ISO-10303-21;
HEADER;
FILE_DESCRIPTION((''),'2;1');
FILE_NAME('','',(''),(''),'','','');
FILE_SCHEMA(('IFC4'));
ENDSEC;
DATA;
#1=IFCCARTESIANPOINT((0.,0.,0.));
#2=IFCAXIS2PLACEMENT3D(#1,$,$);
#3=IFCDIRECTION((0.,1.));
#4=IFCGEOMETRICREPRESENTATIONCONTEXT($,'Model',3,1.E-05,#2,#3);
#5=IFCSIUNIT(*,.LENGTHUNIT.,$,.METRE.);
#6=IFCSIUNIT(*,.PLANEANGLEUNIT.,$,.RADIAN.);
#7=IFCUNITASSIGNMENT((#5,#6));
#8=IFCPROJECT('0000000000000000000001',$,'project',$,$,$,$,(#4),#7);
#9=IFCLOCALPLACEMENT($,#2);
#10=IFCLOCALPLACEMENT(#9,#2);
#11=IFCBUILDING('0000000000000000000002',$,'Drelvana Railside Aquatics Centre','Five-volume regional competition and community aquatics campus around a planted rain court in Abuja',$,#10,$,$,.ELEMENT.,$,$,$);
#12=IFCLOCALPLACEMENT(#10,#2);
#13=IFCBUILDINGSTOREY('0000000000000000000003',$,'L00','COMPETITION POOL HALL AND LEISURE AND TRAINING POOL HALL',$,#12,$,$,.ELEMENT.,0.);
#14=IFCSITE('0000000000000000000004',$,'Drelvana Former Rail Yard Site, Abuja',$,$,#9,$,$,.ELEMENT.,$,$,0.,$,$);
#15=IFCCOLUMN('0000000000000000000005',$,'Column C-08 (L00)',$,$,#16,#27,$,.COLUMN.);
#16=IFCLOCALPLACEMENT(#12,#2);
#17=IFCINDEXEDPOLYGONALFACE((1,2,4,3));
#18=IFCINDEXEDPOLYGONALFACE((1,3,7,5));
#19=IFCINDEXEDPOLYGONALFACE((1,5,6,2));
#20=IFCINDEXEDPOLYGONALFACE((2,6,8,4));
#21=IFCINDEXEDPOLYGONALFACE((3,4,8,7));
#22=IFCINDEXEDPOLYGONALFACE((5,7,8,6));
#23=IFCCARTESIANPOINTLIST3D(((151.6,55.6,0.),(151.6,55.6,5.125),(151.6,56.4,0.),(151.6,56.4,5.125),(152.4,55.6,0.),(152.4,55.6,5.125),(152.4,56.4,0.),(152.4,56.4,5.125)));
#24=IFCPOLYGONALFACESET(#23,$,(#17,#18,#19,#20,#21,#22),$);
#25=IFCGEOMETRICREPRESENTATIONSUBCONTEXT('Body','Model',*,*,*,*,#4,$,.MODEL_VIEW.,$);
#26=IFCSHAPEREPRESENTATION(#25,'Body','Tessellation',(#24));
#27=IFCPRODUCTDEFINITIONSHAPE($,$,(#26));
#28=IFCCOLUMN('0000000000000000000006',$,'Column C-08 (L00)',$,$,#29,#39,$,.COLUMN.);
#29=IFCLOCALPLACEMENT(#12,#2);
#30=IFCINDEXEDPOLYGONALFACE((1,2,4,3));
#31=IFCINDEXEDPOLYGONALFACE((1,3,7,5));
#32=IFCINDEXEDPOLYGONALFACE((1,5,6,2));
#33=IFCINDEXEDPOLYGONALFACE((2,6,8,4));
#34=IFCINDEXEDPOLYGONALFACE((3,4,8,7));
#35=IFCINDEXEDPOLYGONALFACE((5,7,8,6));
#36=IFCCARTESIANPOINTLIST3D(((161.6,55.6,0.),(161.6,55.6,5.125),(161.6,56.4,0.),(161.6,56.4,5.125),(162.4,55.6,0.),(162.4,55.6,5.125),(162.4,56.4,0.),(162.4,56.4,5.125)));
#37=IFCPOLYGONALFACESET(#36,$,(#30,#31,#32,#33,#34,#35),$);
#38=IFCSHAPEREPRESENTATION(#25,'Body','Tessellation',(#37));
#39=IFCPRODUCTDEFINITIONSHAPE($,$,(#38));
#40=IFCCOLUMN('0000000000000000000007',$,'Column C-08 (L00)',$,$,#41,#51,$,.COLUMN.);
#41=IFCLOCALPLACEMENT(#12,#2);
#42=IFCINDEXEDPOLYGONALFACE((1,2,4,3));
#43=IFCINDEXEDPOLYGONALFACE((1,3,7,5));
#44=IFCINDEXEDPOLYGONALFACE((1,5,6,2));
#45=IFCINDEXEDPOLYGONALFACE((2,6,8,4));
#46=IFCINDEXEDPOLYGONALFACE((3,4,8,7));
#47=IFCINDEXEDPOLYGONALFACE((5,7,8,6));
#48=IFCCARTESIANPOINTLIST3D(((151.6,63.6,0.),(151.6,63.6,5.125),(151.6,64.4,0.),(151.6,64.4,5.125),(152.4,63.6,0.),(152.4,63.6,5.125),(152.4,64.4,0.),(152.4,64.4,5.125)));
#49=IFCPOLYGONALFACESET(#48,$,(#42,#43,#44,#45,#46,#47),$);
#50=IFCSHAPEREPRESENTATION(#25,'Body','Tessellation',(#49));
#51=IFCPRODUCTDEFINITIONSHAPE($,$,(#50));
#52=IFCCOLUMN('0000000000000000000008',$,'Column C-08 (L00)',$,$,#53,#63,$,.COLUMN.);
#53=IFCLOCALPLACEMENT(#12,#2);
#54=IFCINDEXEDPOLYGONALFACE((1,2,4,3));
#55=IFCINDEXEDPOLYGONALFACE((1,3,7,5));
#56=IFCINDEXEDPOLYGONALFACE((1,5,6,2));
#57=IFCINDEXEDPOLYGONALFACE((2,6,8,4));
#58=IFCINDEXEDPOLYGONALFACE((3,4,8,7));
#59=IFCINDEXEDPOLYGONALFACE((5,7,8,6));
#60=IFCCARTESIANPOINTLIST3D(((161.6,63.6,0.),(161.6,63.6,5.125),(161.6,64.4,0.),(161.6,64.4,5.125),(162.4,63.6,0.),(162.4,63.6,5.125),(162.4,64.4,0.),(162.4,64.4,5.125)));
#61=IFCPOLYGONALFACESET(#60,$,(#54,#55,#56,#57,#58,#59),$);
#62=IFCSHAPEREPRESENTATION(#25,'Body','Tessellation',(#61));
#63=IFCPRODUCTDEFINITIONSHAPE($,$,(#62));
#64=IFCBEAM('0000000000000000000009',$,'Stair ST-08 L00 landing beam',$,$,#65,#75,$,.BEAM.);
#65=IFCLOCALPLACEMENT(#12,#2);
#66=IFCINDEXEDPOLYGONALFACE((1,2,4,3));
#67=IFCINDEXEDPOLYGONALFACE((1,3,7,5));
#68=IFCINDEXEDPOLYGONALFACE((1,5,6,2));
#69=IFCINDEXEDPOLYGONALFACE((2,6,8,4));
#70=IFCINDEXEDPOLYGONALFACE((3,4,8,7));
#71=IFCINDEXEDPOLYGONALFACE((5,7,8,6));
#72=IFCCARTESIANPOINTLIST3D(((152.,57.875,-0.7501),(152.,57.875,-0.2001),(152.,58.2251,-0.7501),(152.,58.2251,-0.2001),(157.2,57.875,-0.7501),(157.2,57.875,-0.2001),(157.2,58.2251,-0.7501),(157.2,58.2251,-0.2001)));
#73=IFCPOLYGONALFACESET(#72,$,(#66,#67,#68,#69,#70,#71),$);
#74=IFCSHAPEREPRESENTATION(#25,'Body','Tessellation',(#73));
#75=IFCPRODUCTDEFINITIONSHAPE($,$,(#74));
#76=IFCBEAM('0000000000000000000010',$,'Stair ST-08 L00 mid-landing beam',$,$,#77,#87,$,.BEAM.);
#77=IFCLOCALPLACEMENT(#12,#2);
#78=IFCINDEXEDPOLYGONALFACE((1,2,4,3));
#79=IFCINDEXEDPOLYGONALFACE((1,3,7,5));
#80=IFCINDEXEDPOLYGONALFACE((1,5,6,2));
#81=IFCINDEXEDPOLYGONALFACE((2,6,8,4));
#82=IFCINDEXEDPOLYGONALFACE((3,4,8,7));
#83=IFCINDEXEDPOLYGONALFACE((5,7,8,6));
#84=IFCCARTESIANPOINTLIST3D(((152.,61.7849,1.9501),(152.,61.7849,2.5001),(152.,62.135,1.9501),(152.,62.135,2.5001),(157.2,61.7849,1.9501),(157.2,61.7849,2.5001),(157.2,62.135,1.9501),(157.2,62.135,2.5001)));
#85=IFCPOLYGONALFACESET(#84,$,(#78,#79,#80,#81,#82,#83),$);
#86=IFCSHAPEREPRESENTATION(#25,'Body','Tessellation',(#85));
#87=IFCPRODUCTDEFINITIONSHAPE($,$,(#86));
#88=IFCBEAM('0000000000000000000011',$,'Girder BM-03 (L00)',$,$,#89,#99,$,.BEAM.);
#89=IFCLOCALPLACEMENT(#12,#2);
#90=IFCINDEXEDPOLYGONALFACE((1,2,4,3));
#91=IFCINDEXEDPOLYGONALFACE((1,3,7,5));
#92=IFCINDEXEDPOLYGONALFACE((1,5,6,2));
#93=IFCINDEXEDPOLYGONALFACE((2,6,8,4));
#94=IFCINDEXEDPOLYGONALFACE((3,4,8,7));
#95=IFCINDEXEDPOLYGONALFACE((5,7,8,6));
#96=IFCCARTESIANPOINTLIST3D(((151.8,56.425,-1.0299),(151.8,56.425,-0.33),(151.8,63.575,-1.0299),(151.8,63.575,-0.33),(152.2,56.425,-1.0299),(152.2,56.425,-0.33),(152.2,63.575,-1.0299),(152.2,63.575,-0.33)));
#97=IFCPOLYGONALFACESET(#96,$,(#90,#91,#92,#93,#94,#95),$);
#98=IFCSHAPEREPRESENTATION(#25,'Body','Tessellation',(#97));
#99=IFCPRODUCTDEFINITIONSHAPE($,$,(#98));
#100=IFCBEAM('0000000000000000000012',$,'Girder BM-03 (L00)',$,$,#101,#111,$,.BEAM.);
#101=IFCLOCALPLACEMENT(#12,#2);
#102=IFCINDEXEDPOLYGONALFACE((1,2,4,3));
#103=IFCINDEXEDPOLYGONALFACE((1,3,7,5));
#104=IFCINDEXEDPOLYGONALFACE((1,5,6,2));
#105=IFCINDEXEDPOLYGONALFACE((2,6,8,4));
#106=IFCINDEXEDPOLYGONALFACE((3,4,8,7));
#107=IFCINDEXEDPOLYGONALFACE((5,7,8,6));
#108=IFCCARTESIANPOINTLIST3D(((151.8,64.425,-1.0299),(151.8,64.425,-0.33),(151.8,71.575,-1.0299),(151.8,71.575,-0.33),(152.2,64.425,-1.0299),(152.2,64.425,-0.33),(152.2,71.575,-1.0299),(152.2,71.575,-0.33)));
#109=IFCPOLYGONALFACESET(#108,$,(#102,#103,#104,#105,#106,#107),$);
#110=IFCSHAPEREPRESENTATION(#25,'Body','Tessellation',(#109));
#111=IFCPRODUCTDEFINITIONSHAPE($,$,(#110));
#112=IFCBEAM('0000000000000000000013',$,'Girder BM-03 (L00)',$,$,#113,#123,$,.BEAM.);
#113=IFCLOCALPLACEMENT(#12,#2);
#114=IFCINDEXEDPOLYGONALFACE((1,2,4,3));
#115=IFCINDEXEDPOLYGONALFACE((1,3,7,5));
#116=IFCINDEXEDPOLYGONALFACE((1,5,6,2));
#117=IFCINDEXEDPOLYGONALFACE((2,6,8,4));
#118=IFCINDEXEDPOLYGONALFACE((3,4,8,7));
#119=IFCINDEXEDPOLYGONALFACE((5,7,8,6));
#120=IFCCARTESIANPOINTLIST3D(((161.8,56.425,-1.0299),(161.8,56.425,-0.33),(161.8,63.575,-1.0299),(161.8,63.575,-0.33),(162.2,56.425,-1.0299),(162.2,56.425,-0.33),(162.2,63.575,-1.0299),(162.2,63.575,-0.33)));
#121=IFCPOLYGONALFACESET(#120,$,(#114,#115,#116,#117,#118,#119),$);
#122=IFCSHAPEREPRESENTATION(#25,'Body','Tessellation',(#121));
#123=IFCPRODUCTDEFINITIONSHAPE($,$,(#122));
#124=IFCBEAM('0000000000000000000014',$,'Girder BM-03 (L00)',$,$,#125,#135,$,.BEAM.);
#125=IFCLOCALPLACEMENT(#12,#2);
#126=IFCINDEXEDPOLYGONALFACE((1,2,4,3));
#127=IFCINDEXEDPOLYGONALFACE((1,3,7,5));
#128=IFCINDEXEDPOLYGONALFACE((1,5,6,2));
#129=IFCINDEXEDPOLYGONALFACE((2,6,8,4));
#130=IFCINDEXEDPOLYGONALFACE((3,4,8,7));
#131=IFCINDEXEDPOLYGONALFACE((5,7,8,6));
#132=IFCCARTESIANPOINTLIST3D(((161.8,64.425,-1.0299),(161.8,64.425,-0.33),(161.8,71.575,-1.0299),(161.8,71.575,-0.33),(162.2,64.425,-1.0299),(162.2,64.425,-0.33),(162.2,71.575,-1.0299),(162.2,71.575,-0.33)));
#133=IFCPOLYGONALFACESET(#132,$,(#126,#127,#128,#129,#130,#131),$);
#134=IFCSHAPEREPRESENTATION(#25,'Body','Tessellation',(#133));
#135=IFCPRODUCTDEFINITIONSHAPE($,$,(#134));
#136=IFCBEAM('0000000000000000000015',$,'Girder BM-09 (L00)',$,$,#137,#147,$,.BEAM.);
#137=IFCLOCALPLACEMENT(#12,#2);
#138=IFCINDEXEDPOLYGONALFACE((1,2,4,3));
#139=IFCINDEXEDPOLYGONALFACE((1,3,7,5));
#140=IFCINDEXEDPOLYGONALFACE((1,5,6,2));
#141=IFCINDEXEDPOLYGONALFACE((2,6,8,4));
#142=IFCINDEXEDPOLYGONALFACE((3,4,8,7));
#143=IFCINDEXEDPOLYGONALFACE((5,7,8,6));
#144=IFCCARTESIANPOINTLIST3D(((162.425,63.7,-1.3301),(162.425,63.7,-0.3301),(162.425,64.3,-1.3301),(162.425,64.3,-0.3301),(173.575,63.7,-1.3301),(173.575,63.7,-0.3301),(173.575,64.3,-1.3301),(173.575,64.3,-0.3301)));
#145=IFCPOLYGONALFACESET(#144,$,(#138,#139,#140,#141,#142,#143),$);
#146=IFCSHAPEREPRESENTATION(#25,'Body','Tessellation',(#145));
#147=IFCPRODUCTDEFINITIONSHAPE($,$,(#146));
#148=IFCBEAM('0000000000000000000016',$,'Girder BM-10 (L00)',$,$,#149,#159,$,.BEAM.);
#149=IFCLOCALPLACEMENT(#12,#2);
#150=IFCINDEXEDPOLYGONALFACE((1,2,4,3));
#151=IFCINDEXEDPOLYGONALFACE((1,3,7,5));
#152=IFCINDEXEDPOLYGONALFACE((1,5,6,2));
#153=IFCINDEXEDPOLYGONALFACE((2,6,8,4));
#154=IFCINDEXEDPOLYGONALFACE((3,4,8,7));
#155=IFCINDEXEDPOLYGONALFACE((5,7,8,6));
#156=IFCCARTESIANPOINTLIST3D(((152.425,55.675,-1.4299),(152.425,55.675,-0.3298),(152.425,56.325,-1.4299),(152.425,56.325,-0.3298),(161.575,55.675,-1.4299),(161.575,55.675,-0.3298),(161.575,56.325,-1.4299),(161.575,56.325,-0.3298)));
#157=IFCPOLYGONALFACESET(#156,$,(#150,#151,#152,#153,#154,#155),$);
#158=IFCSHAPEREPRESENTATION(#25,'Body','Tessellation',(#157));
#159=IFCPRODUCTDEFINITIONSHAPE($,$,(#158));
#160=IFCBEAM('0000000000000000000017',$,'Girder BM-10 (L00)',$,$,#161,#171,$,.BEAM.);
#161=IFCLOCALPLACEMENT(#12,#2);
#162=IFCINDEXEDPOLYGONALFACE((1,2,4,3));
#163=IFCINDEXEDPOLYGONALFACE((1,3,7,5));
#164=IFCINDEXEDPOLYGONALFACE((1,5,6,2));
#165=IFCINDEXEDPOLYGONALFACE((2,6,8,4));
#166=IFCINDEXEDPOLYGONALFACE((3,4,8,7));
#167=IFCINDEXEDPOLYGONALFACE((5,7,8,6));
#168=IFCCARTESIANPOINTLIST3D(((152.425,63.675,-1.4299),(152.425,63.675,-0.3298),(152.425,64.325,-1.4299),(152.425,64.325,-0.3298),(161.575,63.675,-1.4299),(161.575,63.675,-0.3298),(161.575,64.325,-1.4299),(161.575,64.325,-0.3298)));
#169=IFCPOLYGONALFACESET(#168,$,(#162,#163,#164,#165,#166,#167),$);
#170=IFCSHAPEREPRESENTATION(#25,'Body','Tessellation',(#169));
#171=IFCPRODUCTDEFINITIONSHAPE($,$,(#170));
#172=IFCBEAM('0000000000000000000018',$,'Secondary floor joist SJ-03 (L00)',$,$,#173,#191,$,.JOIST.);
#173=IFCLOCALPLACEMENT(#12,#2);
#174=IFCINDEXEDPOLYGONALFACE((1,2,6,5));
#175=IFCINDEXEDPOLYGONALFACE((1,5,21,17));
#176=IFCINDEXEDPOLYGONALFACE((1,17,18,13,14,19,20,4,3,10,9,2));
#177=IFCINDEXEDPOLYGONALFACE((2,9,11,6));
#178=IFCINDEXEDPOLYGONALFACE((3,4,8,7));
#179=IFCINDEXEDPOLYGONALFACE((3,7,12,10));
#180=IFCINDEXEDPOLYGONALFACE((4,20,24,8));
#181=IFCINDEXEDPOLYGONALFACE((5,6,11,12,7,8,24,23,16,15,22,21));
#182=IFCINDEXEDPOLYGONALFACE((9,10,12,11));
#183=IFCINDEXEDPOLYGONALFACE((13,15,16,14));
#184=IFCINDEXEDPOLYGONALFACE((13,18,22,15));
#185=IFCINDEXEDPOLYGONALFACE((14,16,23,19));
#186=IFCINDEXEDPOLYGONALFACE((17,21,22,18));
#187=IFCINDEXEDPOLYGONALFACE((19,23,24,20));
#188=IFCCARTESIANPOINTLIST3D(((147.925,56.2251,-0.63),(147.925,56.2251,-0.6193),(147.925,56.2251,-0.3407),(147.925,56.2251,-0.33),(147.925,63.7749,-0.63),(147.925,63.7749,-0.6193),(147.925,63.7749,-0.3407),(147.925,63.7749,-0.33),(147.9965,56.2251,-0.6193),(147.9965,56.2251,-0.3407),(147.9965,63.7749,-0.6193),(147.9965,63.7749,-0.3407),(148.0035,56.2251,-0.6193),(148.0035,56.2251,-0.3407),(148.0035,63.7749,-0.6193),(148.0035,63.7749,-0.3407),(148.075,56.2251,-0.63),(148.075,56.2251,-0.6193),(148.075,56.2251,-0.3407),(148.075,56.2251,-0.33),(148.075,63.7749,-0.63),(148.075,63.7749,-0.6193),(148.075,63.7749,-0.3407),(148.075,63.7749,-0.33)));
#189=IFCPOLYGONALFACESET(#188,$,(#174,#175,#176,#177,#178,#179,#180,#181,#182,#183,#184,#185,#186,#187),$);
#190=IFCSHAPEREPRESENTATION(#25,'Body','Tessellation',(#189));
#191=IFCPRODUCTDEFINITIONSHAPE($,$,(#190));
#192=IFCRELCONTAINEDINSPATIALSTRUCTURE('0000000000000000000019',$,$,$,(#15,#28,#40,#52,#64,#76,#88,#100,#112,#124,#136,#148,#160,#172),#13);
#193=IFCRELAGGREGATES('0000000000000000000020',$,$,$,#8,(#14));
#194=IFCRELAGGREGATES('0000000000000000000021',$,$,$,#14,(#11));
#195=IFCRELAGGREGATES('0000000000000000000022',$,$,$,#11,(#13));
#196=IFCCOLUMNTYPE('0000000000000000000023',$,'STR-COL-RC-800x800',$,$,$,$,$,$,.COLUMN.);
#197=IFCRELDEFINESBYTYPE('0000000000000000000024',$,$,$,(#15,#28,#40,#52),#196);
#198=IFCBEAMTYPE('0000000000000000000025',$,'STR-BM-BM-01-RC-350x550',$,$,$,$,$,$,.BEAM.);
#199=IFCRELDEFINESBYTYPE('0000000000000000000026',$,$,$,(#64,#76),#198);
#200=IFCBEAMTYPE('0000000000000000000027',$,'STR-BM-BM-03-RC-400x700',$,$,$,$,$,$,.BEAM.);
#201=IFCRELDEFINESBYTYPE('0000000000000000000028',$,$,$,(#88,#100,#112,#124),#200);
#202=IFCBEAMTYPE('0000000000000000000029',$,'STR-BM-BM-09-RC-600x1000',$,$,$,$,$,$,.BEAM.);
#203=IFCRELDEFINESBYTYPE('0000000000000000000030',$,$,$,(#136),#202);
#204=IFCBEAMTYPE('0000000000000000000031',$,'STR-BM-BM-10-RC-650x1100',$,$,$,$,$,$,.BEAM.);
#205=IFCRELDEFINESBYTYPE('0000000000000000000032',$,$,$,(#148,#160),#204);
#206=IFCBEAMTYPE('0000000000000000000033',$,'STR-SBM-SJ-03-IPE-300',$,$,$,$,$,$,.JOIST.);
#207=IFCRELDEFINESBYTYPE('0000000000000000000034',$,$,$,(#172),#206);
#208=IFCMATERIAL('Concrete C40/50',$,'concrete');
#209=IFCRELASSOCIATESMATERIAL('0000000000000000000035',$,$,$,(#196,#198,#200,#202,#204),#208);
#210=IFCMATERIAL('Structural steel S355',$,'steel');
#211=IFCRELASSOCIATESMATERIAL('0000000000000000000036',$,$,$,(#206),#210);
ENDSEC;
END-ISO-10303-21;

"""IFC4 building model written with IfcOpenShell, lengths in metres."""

from ifc_helpers import new_model, si_unit, direction, frame, origin, origin_2d, place, context, subcontext, project, spatial, rectangle, i_section, extrude, material, material_profile, profile_set, type_object, element, save


model = new_model("IFC4")

# Units and contexts
model_context = context("Model", 3, precision=1e-05, world=origin(), true_north=direction((0.0, 1.0)))
body_context = subcontext(model_context, "Body", "Model", "MODEL_VIEW")
ifc_project = project(units=[si_unit("LENGTHUNIT", "METRE"), si_unit("PLANEANGLEUNIT", "RADIAN")], contexts=[model_context])

# Site, building, storey
site_placement = place(None, origin())
site = spatial("IfcSite", under=ifc_project, at=site_placement, Name="Drelvana Former Rail Yard Site, Abuja", CompositionType="ELEMENT", RefElevation=0.0)
building_placement = place(site_placement, origin())
building = spatial("IfcBuilding", under=site, at=building_placement, Name="Drelvana Railside Aquatics Centre", Description="Five-volume regional competition and community aquatics campus around a planted rain court in Abuja", CompositionType="ELEMENT")
storey_placement = place(building_placement, origin())
storey = spatial("IfcBuildingStorey", under=building, at=storey_placement, Name="L00", Description="COMPETITION POOL HALL AND LEISURE AND TRAINING POOL HALL", CompositionType="ELEMENT", Elevation=0.0)

# Columns
ifc_material_1 = material(Name="Concrete C40/50", Category="concrete")
ifc_material_profile_1 = material_profile(ifc_material_1, rectangle(XDim=0.8, YDim=0.8, at=origin_2d()), Name="RC 800x800")
ifc_profile_set_1 = profile_set([ifc_material_profile_1], Name="Concrete C40/50")
column_type = type_object("IfcColumnType", Name="STR-COL-RC-800x800", PredefinedType="COLUMN", material=ifc_profile_set_1)
for number, where, z_axis, x_axis, name in (
    (1, (152.0, 56.0, 0.0), (0.0, 0.0, 1.0), (1.0, 0.0, 0.0), "Column C-08 (L00)"),
    (2, (162.0, 56.0, 0.0), (0.0, 0.0, 1.0), (1.0, 0.0, 0.0), "Column C-08 (L00)"),
    (3, (152.0, 64.0, 0.0), (0.0, 0.0, 1.0), (1.0, 0.0, 0.0), "Column C-08 (L00)"),
    (4, (162.0, 64.0, 0.0), (0.0, 0.0, 1.0), (1.0, 0.0, 0.0), "Column C-08 (L00)"),
):
    element("IfcColumn", number, at=place(storey_placement, frame(where, z_axis=z_axis, x_axis=x_axis)), inside=storey, type_object=column_type, Name=name, PredefinedType="COLUMN", context=body_context, shape_type="SweptSolid", body=[
        extrude(rectangle(XDim=0.8, YDim=0.8, at=origin_2d()), origin(), (0.0, 0.0, 1.0), 5.125),
    ])

# Beams
ifc_material_profile_2 = material_profile(ifc_material_1, rectangle(XDim=0.3501, YDim=0.55, at=origin_2d()), Name="RC 350x550")
ifc_profile_set_2 = profile_set([ifc_material_profile_2], Name="Concrete C40/50")
beam_type_1 = type_object("IfcBeamType", Name="STR-BM-BM-01-RC-350x550", PredefinedType="BEAM", material=ifc_profile_set_2)
for number, where, z_axis, x_axis, name in (
    (5, (152.0, 58.05, -0.4751), (1.0, 0.0, 0.0), (0.0, 1.0, 0.0), "Stair ST-08 L00 landing beam"),
    (6, (152.0, 61.96, 2.2251), (1.0, 0.0, 0.0), (0.0, 1.0, 0.0), "Stair ST-08 L00 mid-landing beam"),
):
    element("IfcBeam", number, at=place(storey_placement, frame(where, z_axis=z_axis, x_axis=x_axis)), inside=storey, type_object=beam_type_1, Name=name, PredefinedType="BEAM", context=body_context, shape_type="SweptSolid", body=[
        extrude(rectangle(XDim=0.3501, YDim=0.55, at=origin_2d()), origin(), (0.0, 0.0, 1.0), 5.2),
    ])
ifc_material_profile_3 = material_profile(ifc_material_1, rectangle(XDim=0.3999, YDim=0.7, at=origin_2d()), Name="RC 400x700")
ifc_profile_set_3 = profile_set([ifc_material_profile_3], Name="Concrete C40/50")
beam_type_2 = type_object("IfcBeamType", Name="STR-BM-BM-03-RC-400x700", PredefinedType="BEAM", material=ifc_profile_set_3)
for number, where, z_axis, x_axis, name in (
    (7, (152.0, 56.425, -0.6799), (0.0, 1.0, 0.0), (-1.0, 0.0, 0.0), "Girder BM-03 (L00)"),
    (8, (152.0, 64.425, -0.6799), (0.0, 1.0, 0.0), (-1.0, 0.0, 0.0), "Girder BM-03 (L00)"),
    (9, (162.0, 56.425, -0.6799), (0.0, 1.0, 0.0), (-1.0, 0.0, 0.0), "Girder BM-03 (L00)"),
    (10, (162.0, 64.425, -0.6799), (0.0, 1.0, 0.0), (-1.0, 0.0, 0.0), "Girder BM-03 (L00)"),
):
    element("IfcBeam", number, at=place(storey_placement, frame(where, z_axis=z_axis, x_axis=x_axis)), inside=storey, type_object=beam_type_2, Name=name, PredefinedType="BEAM", context=body_context, shape_type="SweptSolid", body=[
        extrude(rectangle(XDim=0.3999, YDim=0.7, at=origin_2d()), origin(), (0.0, 0.0, 1.0), 7.1499),
    ])
ifc_material_profile_4 = material_profile(ifc_material_1, rectangle(XDim=0.6001, YDim=1.0, at=origin_2d()), Name="RC 600x1000")
ifc_profile_set_4 = profile_set([ifc_material_profile_4], Name="Concrete C40/50")
beam_type_3 = type_object("IfcBeamType", Name="STR-BM-BM-09-RC-600x1000", PredefinedType="BEAM", material=ifc_profile_set_4)
beam_1_placement = place(storey_placement, frame((162.425, 64.0, -0.8301), z_axis=(1.0, 0.0, 0.0), x_axis=(0.0, 1.0, 0.0)))
element("IfcBeam", 11, at=beam_1_placement, inside=storey, type_object=beam_type_3, Name="Girder BM-09 (L00)", PredefinedType="BEAM", context=body_context, shape_type="SweptSolid", body=[
    extrude(rectangle(XDim=0.6001, YDim=1.0, at=origin_2d()), origin(), (0.0, 0.0, 1.0), 11.1499),
])
ifc_material_profile_5 = material_profile(ifc_material_1, rectangle(XDim=0.6499, YDim=1.1001, at=origin_2d()), Name="RC 650x1100")
ifc_profile_set_5 = profile_set([ifc_material_profile_5], Name="Concrete C40/50")
beam_type_4 = type_object("IfcBeamType", Name="STR-BM-BM-10-RC-650x1100", PredefinedType="BEAM", material=ifc_profile_set_5)
for number, where, z_axis, x_axis, name in (
    (12, (152.425, 56.0, -0.8799), (1.0, 0.0, 0.0), (0.0, 1.0, 0.0), "Girder BM-10 (L00)"),
    (13, (152.425, 64.0, -0.8799), (1.0, 0.0, 0.0), (0.0, 1.0, 0.0), "Girder BM-10 (L00)"),
):
    element("IfcBeam", number, at=place(storey_placement, frame(where, z_axis=z_axis, x_axis=x_axis)), inside=storey, type_object=beam_type_4, Name=name, PredefinedType="BEAM", context=body_context, shape_type="SweptSolid", body=[
        extrude(rectangle(XDim=0.6499, YDim=1.1001, at=origin_2d()), origin(), (0.0, 0.0, 1.0), 9.1499),
    ])
ifc_material_2 = material(Name="Structural steel S355", Category="steel")
ifc_material_profile_6 = material_profile(ifc_material_2, i_section(OverallWidth=0.1499, OverallDepth=0.3, WebThickness=0.0071, FlangeThickness=0.0107, at=origin_2d()), Name="IPE 300")
ifc_profile_set_6 = profile_set([ifc_material_profile_6], Name="Structural steel S355")
beam_type_5 = type_object("IfcBeamType", Name="STR-SBM-SJ-03-IPE-300", PredefinedType="JOIST", material=ifc_profile_set_6)
for number, where, z_axis, x_axis, name in (
    (14, (148.0, 56.2251, -0.48), (0.0, 1.0, 0.0), (-1.0, 0.0, 0.0), "Secondary floor joist SJ-03 (L00)"),
):
    element("IfcBeam", number, at=place(storey_placement, frame(where, z_axis=z_axis, x_axis=x_axis)), inside=storey, type_object=beam_type_5, Name=name, PredefinedType="JOIST", context=body_context, shape_type="SweptSolid", body=[
        extrude(i_section(OverallWidth=0.1499, OverallDepth=0.3, WebThickness=0.0071, FlangeThickness=0.0107, at=origin_2d()), origin(), (0.0, 0.0, 1.0), 7.5498),
    ])

save(model, "model.ifc")
